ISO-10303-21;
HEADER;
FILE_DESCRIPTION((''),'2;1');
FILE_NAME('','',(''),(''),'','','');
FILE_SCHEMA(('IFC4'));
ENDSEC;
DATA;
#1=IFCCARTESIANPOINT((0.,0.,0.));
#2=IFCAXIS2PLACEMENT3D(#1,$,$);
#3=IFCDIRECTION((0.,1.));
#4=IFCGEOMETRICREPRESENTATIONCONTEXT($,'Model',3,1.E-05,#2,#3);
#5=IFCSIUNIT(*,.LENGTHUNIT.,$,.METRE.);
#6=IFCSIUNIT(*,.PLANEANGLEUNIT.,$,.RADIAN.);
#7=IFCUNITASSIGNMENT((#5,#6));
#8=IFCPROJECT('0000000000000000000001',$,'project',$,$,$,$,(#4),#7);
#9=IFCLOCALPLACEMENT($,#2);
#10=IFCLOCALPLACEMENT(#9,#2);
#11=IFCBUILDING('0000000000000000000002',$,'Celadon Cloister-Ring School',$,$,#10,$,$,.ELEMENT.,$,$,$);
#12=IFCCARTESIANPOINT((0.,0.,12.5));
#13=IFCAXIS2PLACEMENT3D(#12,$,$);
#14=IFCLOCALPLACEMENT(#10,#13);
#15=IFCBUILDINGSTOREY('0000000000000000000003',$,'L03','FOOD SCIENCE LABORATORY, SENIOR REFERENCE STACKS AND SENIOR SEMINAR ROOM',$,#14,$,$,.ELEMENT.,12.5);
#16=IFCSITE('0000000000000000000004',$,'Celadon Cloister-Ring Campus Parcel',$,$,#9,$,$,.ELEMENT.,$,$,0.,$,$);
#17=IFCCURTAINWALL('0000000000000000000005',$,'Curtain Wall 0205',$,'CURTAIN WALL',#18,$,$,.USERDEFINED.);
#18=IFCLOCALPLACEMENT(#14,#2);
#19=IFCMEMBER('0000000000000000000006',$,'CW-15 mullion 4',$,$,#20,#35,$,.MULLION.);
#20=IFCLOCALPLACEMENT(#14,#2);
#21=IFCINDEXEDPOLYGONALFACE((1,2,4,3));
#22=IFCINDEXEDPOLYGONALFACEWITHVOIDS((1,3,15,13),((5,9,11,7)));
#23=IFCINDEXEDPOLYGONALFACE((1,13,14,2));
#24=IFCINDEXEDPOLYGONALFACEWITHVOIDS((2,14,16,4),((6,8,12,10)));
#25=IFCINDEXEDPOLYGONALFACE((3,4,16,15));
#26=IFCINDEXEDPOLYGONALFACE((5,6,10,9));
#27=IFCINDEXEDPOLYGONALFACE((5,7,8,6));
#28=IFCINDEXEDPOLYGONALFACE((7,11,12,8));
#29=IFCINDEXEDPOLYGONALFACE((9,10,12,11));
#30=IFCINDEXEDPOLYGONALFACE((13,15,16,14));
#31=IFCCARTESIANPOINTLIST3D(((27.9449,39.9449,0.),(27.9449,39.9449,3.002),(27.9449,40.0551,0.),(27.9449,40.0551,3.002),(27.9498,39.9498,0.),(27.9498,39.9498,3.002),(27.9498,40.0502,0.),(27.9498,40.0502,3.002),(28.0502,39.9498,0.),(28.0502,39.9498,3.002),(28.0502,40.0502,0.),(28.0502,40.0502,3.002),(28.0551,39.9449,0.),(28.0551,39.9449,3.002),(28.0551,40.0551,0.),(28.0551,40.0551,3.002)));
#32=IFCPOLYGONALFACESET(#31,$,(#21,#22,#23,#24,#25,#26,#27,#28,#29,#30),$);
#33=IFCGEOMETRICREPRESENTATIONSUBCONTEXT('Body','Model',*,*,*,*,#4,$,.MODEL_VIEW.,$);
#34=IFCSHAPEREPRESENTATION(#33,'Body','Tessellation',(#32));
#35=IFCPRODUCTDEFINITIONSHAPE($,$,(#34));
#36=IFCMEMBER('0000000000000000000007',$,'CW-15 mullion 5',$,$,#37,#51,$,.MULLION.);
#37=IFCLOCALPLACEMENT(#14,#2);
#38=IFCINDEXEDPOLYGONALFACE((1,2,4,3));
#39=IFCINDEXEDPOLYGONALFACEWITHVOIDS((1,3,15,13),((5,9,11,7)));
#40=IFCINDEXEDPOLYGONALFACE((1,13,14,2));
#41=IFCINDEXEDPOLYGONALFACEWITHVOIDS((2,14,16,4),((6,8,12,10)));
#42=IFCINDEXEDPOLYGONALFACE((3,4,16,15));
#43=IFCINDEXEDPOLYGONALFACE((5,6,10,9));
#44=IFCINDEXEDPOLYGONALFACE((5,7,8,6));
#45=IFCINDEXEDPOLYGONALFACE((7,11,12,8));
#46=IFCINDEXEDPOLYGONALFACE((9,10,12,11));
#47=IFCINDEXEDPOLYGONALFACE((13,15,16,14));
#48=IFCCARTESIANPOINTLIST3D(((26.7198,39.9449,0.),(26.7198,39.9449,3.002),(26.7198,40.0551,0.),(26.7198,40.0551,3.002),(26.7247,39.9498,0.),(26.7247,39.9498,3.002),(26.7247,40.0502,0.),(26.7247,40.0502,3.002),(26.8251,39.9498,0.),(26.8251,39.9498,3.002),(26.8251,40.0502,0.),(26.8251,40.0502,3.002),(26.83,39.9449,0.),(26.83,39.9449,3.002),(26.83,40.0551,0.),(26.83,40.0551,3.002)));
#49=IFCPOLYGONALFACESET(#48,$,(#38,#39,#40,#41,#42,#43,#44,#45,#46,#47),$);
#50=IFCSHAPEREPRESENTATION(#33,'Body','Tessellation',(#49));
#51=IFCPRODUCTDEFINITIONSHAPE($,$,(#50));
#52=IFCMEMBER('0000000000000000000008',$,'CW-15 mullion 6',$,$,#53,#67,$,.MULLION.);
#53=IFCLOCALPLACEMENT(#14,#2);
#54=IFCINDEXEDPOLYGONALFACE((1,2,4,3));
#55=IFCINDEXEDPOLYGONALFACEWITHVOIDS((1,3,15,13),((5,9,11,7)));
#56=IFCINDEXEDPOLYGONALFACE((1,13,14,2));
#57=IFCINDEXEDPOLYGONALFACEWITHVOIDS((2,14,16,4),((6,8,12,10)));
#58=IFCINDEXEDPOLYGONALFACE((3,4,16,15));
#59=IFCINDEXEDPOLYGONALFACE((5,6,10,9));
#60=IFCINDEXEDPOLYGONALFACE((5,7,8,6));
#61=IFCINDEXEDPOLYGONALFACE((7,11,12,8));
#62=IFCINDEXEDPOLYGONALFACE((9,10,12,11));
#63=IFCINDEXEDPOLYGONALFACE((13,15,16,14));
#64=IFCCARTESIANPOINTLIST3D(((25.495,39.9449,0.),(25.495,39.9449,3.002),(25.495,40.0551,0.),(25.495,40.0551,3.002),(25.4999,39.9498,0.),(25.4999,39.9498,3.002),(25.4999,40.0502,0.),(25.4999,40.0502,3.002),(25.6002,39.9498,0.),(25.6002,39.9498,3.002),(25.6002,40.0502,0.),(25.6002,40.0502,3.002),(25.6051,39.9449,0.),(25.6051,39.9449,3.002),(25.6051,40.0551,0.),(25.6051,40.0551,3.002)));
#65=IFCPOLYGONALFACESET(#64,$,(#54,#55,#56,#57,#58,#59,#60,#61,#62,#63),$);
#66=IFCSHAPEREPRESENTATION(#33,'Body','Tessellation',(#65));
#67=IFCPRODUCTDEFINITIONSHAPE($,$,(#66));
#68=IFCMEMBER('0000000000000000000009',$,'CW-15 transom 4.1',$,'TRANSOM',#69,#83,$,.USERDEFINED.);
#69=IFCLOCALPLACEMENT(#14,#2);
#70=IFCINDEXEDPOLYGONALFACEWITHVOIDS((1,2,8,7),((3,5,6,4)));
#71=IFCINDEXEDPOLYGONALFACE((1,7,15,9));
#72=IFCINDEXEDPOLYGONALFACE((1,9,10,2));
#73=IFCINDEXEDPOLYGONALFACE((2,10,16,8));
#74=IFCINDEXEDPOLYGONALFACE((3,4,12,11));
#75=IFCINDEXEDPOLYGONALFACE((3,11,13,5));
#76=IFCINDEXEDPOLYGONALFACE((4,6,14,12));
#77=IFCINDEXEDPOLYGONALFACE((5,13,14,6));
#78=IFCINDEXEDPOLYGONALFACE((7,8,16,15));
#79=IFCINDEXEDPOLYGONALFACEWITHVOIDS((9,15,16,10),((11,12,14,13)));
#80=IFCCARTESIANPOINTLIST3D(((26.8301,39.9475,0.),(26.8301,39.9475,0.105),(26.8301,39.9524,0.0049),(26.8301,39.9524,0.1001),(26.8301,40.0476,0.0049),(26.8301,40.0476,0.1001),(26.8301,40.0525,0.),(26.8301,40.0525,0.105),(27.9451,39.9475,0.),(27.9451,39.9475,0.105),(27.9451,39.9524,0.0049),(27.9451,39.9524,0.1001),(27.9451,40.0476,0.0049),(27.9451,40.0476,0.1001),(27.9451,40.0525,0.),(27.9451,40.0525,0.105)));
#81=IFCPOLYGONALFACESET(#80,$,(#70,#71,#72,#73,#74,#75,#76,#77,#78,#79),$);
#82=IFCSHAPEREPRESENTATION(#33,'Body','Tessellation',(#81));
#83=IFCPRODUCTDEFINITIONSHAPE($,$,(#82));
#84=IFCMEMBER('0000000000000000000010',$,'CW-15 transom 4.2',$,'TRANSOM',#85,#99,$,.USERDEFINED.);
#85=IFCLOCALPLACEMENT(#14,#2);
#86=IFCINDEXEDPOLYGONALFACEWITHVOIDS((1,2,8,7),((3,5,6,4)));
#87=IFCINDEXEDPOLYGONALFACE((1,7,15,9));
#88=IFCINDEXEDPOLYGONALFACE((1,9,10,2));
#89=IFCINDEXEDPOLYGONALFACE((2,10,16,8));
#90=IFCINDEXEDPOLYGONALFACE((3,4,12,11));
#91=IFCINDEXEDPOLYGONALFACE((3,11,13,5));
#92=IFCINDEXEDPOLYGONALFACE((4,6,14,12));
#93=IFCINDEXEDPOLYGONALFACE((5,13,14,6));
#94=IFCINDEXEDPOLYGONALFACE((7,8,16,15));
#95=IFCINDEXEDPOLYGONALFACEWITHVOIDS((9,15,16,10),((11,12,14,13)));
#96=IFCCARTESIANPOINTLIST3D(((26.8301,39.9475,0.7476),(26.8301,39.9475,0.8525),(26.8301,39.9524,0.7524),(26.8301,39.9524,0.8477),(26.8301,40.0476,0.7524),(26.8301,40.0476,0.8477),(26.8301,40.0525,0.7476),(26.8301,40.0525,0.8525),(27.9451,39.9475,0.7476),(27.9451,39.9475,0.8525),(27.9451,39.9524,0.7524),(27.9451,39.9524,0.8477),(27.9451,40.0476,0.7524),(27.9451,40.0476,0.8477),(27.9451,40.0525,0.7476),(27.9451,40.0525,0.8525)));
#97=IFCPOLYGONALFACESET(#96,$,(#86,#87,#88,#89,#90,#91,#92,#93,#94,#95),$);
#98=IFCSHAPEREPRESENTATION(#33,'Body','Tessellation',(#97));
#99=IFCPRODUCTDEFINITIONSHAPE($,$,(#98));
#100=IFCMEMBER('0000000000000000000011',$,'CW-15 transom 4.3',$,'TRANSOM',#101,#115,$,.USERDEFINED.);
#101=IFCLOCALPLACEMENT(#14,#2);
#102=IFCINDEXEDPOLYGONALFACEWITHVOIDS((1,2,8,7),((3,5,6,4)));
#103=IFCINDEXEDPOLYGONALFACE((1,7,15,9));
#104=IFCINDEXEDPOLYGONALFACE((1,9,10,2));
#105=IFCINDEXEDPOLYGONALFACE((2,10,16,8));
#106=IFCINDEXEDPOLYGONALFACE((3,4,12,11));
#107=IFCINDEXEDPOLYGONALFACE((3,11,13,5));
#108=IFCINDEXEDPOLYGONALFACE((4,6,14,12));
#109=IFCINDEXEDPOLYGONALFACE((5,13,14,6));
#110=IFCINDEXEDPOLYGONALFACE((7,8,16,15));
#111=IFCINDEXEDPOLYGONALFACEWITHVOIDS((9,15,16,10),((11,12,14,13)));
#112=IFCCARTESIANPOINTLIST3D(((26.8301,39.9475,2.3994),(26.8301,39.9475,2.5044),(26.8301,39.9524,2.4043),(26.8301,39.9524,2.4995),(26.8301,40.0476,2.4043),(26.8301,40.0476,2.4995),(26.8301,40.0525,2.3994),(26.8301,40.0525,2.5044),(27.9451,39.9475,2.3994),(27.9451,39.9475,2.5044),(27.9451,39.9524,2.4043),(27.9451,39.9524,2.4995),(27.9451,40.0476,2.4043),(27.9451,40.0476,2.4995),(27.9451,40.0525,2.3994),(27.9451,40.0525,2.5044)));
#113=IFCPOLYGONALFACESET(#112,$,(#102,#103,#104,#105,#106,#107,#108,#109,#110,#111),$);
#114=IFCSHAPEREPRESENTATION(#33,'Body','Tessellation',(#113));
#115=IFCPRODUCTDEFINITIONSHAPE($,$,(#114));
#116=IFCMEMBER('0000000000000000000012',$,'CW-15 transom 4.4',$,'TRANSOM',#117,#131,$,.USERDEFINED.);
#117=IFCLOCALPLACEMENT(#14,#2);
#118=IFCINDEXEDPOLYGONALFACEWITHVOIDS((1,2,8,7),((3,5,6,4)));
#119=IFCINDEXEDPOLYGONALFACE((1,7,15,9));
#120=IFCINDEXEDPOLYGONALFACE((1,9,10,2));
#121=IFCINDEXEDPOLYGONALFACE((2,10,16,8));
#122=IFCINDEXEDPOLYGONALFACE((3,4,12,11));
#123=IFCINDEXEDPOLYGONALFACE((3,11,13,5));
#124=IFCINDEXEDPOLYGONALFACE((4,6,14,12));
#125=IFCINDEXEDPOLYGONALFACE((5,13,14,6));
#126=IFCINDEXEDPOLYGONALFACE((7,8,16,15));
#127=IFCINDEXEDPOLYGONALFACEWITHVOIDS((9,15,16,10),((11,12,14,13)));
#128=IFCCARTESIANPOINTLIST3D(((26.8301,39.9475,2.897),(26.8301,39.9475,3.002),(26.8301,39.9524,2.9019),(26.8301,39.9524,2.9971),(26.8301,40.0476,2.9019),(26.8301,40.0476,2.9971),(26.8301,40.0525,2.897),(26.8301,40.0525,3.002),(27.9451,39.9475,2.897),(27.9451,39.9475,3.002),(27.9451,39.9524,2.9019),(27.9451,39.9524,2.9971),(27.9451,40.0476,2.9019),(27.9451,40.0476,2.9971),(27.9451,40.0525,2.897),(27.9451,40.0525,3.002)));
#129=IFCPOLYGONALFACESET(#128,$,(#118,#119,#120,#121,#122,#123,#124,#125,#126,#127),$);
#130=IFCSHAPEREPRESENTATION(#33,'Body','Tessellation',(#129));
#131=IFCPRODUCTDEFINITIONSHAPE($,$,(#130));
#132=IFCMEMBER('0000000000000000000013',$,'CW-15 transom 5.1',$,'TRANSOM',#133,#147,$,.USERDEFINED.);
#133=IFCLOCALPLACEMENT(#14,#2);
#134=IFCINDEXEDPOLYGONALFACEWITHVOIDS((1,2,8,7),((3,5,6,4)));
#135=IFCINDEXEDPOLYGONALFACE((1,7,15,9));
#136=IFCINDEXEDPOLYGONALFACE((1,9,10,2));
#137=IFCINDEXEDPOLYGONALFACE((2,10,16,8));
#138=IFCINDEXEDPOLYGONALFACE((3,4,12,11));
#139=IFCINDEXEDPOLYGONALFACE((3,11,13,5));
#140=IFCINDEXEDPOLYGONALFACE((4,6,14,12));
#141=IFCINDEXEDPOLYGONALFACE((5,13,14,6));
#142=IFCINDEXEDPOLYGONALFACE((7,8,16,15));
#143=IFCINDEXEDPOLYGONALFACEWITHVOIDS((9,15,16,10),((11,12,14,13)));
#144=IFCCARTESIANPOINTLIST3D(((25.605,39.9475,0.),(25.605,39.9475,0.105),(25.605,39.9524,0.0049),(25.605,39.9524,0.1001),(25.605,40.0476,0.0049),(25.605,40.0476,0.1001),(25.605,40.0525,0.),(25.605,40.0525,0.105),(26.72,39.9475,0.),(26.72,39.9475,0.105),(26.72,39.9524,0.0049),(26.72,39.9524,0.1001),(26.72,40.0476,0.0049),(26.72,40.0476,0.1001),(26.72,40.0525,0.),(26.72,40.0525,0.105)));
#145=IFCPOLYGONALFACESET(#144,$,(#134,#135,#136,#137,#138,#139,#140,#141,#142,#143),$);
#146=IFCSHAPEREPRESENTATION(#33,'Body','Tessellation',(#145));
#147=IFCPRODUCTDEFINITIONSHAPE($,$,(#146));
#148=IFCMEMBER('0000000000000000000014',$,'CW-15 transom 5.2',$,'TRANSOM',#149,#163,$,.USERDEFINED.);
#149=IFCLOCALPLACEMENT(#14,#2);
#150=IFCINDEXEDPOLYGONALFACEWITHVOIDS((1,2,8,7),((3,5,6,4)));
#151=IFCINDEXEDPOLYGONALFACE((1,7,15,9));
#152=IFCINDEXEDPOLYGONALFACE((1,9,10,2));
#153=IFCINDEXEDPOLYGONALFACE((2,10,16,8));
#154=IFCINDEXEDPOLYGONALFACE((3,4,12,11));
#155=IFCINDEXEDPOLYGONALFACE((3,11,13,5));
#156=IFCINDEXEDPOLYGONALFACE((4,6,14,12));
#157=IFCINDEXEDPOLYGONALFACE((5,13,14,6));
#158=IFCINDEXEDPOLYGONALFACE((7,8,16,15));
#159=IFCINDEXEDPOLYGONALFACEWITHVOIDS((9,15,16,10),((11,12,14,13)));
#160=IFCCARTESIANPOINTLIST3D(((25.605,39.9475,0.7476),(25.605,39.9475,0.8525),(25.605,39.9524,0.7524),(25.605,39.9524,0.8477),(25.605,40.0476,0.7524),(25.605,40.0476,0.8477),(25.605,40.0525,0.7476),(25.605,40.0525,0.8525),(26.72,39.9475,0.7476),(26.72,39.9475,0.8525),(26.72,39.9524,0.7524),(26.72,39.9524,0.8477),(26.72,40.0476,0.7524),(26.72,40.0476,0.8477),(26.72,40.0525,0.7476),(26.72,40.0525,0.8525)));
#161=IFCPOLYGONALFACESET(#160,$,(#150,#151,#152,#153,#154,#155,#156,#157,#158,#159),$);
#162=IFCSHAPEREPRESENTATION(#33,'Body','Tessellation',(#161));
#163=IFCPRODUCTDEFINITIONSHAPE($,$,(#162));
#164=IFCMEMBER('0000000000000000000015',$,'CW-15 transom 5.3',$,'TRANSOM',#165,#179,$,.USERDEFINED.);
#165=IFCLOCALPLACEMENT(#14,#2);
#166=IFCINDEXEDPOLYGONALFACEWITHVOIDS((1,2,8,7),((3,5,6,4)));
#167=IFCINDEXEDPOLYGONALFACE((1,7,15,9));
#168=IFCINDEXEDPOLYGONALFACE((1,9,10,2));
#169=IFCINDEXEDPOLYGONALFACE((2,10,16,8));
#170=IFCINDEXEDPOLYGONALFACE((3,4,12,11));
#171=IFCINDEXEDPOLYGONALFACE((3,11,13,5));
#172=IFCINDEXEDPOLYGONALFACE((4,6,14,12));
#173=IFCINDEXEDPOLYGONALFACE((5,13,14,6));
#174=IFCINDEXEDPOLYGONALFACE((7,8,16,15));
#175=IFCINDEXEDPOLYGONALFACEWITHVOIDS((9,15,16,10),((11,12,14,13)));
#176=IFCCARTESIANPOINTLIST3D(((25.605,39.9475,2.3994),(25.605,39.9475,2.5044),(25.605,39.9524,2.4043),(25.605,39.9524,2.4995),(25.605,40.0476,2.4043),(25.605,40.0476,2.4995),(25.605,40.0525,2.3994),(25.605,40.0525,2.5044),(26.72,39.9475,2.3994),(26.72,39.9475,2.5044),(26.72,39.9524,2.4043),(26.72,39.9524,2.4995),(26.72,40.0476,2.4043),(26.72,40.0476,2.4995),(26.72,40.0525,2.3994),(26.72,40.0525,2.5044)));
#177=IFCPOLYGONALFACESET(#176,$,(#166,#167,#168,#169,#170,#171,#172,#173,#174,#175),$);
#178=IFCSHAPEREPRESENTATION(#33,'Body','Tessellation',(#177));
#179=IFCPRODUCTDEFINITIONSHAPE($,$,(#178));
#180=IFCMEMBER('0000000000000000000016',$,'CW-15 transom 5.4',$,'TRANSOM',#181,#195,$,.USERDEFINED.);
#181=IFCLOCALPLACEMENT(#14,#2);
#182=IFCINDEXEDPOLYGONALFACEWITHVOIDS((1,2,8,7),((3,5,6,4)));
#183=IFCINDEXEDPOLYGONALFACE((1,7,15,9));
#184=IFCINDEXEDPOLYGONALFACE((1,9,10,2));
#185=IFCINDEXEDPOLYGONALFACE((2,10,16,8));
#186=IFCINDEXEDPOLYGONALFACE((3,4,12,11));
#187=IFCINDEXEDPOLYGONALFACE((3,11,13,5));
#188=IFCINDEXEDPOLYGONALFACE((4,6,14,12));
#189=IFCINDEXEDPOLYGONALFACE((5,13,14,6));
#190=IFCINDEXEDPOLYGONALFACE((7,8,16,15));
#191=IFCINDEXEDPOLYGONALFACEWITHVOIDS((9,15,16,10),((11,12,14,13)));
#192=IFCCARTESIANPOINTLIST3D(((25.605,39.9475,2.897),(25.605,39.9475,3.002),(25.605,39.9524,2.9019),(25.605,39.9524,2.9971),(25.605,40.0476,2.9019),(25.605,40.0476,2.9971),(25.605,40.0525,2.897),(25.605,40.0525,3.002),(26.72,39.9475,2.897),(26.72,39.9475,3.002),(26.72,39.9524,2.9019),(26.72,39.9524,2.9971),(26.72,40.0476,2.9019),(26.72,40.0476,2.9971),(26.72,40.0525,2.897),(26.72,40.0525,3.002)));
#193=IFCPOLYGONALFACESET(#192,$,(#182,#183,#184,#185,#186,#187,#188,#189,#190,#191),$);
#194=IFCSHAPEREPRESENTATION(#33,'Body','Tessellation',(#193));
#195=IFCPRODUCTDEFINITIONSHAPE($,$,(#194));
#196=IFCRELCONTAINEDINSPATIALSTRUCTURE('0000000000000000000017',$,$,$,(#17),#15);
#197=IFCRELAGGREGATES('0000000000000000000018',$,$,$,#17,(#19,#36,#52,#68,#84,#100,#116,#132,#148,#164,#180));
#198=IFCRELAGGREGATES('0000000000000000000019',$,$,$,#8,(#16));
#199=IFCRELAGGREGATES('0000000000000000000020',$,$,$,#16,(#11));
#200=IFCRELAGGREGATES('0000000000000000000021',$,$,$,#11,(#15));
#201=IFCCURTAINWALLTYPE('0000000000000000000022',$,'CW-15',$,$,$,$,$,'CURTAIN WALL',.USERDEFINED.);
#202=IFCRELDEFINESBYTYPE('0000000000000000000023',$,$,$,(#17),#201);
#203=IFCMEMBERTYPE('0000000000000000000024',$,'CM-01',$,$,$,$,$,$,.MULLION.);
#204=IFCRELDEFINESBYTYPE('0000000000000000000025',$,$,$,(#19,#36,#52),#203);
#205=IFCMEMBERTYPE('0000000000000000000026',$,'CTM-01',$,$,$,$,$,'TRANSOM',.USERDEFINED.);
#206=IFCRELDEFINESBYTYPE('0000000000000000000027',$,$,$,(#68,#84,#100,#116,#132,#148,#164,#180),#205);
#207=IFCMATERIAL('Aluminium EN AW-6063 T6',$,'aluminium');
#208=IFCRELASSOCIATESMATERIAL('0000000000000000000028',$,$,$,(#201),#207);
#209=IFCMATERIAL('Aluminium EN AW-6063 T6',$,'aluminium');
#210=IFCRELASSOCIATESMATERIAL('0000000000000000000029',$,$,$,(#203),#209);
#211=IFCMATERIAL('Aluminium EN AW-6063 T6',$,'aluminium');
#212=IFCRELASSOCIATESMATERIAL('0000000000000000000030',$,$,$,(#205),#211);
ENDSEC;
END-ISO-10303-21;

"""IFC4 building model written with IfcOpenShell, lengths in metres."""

from ifc_helpers import new_model, si_unit, direction, frame, origin, origin_2d, place, context, subcontext, project, spatial, hollow_rectangle, extrude, material, material_profile, profile_set, type_object, element, aggregate, save


model = new_model("IFC4")

# Units and contexts
model_context = context("Model", 3, precision=1e-05, world=origin(), true_north=direction((0.0, 1.0)))
body_context = subcontext(model_context, "Body", "Model", "MODEL_VIEW")
ifc_project = project(units=[si_unit("LENGTHUNIT", "METRE"), si_unit("PLANEANGLEUNIT", "RADIAN")], contexts=[model_context])

# Site, building, storey
site_placement = place(None, origin())
site = spatial("IfcSite", under=ifc_project, at=site_placement, Name="Celadon Cloister-Ring Campus Parcel", CompositionType="ELEMENT", RefElevation=0.0)
building_placement = place(site_placement, origin())
building = spatial("IfcBuilding", under=site, at=building_placement, Name="Celadon Cloister-Ring School", CompositionType="ELEMENT")
storey_placement = place(building_placement, frame((0.0, 0.0, 12.5)))
storey = spatial("IfcBuildingStorey", under=building, at=storey_placement, Name="L03", Description="FOOD SCIENCE LABORATORY, SENIOR REFERENCE STACKS AND SENIOR SEMINAR ROOM", CompositionType="ELEMENT", Elevation=12.5)

# Curtain wall, members
ifc_material_1 = material(Name="Aluminium EN AW-6063 T6", Category="aluminium")
curtain_wall_type = type_object("IfcCurtainWallType", Name="CW-15", ElementType="CURTAIN WALL", PredefinedType="USERDEFINED", material=ifc_material_1)
curtain_wall_placement = place(storey_placement, origin())
curtain_wall = element("IfcCurtainWall", 1, at=curtain_wall_placement, inside=storey, type_object=curtain_wall_type, Name="Curtain Wall 0205", ObjectType="CURTAIN WALL", PredefinedType="USERDEFINED")
ifc_material_2 = material(Name="Aluminium EN AW-6063 T6", Category="aluminium")
ifc_material_profile_1 = material_profile(ifc_material_2, hollow_rectangle(XDim=0.1101, YDim=0.1101, WallThickness=0.0049, at=origin_2d()), Name="RHS110X110X5")
ifc_profile_set_1 = profile_set([ifc_material_profile_1], Name="Aluminium EN AW-6063 T6")
member_type_1 = type_object("IfcMemberType", Name="CM-01", PredefinedType="MULLION", material=ifc_profile_set_1)
member_1_placement = place(storey_placement, frame((28.0, 40.0, 0.0), z_axis=(0.0, 0.0, 1.0), x_axis=(0.0, -1.0, 0.0)))
member_1 = element("IfcMember", 2, at=member_1_placement, type_object=member_type_1, Name="CW-15 mullion 4", PredefinedType="MULLION", context=body_context, shape_type="SweptSolid", body=[
    extrude(hollow_rectangle(XDim=0.1101, YDim=0.1101, WallThickness=0.0049, at=origin_2d()), origin(), (0.0, 0.0, 1.0), 3.002),
])
member_2_placement = place(storey_placement, frame((26.7749, 40.0, 0.0), z_axis=(0.0, 0.0, 1.0), x_axis=(0.0, -1.0, 0.0)))
member_2 = element("IfcMember", 3, at=member_2_placement, type_object=member_type_1, Name="CW-15 mullion 5", PredefinedType="MULLION", context=body_context, shape_type="SweptSolid", body=[
    extrude(hollow_rectangle(XDim=0.1101, YDim=0.1101, WallThickness=0.0049, at=origin_2d()), origin(), (0.0, 0.0, 1.0), 3.002),
])
member_3_placement = place(storey_placement, frame((25.55, 40.0, 0.0), z_axis=(0.0, 0.0, 1.0), x_axis=(0.0, -1.0, 0.0)))
member_3 = element("IfcMember", 4, at=member_3_placement, type_object=member_type_1, Name="CW-15 mullion 6", PredefinedType="MULLION", context=body_context, shape_type="SweptSolid", body=[
    extrude(hollow_rectangle(XDim=0.1101, YDim=0.1101, WallThickness=0.0049, at=origin_2d()), origin(), (0.0, 0.0, 1.0), 3.002),
])
ifc_material_3 = material(Name="Aluminium EN AW-6063 T6", Category="aluminium")
ifc_material_profile_2 = material_profile(ifc_material_3, hollow_rectangle(XDim=0.105, YDim=0.105, WallThickness=0.0049, at=origin_2d()), Name="RHS105X105X5")
ifc_profile_set_2 = profile_set([ifc_material_profile_2], Name="Aluminium EN AW-6063 T6")
member_type_2 = type_object("IfcMemberType", Name="CTM-01", ElementType="TRANSOM", PredefinedType="USERDEFINED", material=ifc_profile_set_2)
member_4_placement = place(storey_placement, frame((27.9451, 40.0, 0.0525), z_axis=(-1.0, 0.0, 0.0), x_axis=(0.0, -1.0, 0.0)))
member_4 = element("IfcMember", 5, at=member_4_placement, type_object=member_type_2, Name="CW-15 transom 4.1", ObjectType="TRANSOM", PredefinedType="USERDEFINED", context=body_context, shape_type="SweptSolid", body=[
    extrude(hollow_rectangle(XDim=0.105, YDim=0.105, WallThickness=0.0049, at=origin_2d()), origin(), (0.0, 0.0, 1.0), 1.115),
])
member_5_placement = place(storey_placement, frame((27.9451, 40.0, 0.8), z_axis=(-1.0, 0.0, 0.0), x_axis=(0.0, -1.0, 0.0)))
member_5 = element("IfcMember", 6, at=member_5_placement, type_object=member_type_2, Name="CW-15 transom 4.2", ObjectType="TRANSOM", PredefinedType="USERDEFINED", context=body_context, shape_type="SweptSolid", body=[
    extrude(hollow_rectangle(XDim=0.105, YDim=0.105, WallThickness=0.0049, at=origin_2d()), origin(), (0.0, 0.0, 1.0), 1.115),
])
member_6_placement = place(storey_placement, frame((27.9451, 40.0, 2.4519), z_axis=(-1.0, 0.0, 0.0), x_axis=(0.0, -1.0, 0.0)))
member_6 = element("IfcMember", 7, at=member_6_placement, type_object=member_type_2, Name="CW-15 transom 4.3", ObjectType="TRANSOM", PredefinedType="USERDEFINED", context=body_context, shape_type="SweptSolid", body=[
    extrude(hollow_rectangle(XDim=0.105, YDim=0.105, WallThickness=0.0049, at=origin_2d()), origin(), (0.0, 0.0, 1.0), 1.115),
])
member_7_placement = place(storey_placement, frame((27.9451, 40.0, 2.9495), z_axis=(-1.0, 0.0, 0.0), x_axis=(0.0, -1.0, 0.0)))
member_7 = element("IfcMember", 8, at=member_7_placement, type_object=member_type_2, Name="CW-15 transom 4.4", ObjectType="TRANSOM", PredefinedType="USERDEFINED", context=body_context, shape_type="SweptSolid", body=[
    extrude(hollow_rectangle(XDim=0.105, YDim=0.105, WallThickness=0.0049, at=origin_2d()), origin(), (0.0, 0.0, 1.0), 1.115),
])
member_8_placement = place(storey_placement, frame((26.72, 40.0, 0.0525), z_axis=(-1.0, 0.0, 0.0), x_axis=(0.0, -1.0, 0.0)))
member_8 = element("IfcMember", 9, at=member_8_placement, type_object=member_type_2, Name="CW-15 transom 5.1", ObjectType="TRANSOM", PredefinedType="USERDEFINED", context=body_context, shape_type="SweptSolid", body=[
    extrude(hollow_rectangle(XDim=0.105, YDim=0.105, WallThickness=0.0049, at=origin_2d()), origin(), (0.0, 0.0, 1.0), 1.115),
])
member_9_placement = place(storey_placement, frame((26.72, 40.0, 0.8), z_axis=(-1.0, 0.0, 0.0), x_axis=(0.0, -1.0, 0.0)))
member_9 = element("IfcMember", 10, at=member_9_placement, type_object=member_type_2, Name="CW-15 transom 5.2", ObjectType="TRANSOM", PredefinedType="USERDEFINED", context=body_context, shape_type="SweptSolid", body=[
    extrude(hollow_rectangle(XDim=0.105, YDim=0.105, WallThickness=0.0049, at=origin_2d()), origin(), (0.0, 0.0, 1.0), 1.115),
])
member_10_placement = place(storey_placement, frame((26.72, 40.0, 2.4519), z_axis=(-1.0, 0.0, 0.0), x_axis=(0.0, -1.0, 0.0)))
member_10 = element("IfcMember", 11, at=member_10_placement, type_object=member_type_2, Name="CW-15 transom 5.3", ObjectType="TRANSOM", PredefinedType="USERDEFINED", context=body_context, shape_type="SweptSolid", body=[
    extrude(hollow_rectangle(XDim=0.105, YDim=0.105, WallThickness=0.0049, at=origin_2d()), origin(), (0.0, 0.0, 1.0), 1.115),
])
member_11_placement = place(storey_placement, frame((26.72, 40.0, 2.9495), z_axis=(-1.0, 0.0, 0.0), x_axis=(0.0, -1.0, 0.0)))
member_11 = element("IfcMember", 12, at=member_11_placement, type_object=member_type_2, Name="CW-15 transom 5.4", ObjectType="TRANSOM", PredefinedType="USERDEFINED", context=body_context, shape_type="SweptSolid", body=[
    extrude(hollow_rectangle(XDim=0.105, YDim=0.105, WallThickness=0.0049, at=origin_2d()), origin(), (0.0, 0.0, 1.0), 1.115),
])
aggregate(curtain_wall, [member_1, member_2, member_3, member_4, member_5, member_6, member_7, member_8, member_9, member_10, member_11])

save(model, "model.ifc")
